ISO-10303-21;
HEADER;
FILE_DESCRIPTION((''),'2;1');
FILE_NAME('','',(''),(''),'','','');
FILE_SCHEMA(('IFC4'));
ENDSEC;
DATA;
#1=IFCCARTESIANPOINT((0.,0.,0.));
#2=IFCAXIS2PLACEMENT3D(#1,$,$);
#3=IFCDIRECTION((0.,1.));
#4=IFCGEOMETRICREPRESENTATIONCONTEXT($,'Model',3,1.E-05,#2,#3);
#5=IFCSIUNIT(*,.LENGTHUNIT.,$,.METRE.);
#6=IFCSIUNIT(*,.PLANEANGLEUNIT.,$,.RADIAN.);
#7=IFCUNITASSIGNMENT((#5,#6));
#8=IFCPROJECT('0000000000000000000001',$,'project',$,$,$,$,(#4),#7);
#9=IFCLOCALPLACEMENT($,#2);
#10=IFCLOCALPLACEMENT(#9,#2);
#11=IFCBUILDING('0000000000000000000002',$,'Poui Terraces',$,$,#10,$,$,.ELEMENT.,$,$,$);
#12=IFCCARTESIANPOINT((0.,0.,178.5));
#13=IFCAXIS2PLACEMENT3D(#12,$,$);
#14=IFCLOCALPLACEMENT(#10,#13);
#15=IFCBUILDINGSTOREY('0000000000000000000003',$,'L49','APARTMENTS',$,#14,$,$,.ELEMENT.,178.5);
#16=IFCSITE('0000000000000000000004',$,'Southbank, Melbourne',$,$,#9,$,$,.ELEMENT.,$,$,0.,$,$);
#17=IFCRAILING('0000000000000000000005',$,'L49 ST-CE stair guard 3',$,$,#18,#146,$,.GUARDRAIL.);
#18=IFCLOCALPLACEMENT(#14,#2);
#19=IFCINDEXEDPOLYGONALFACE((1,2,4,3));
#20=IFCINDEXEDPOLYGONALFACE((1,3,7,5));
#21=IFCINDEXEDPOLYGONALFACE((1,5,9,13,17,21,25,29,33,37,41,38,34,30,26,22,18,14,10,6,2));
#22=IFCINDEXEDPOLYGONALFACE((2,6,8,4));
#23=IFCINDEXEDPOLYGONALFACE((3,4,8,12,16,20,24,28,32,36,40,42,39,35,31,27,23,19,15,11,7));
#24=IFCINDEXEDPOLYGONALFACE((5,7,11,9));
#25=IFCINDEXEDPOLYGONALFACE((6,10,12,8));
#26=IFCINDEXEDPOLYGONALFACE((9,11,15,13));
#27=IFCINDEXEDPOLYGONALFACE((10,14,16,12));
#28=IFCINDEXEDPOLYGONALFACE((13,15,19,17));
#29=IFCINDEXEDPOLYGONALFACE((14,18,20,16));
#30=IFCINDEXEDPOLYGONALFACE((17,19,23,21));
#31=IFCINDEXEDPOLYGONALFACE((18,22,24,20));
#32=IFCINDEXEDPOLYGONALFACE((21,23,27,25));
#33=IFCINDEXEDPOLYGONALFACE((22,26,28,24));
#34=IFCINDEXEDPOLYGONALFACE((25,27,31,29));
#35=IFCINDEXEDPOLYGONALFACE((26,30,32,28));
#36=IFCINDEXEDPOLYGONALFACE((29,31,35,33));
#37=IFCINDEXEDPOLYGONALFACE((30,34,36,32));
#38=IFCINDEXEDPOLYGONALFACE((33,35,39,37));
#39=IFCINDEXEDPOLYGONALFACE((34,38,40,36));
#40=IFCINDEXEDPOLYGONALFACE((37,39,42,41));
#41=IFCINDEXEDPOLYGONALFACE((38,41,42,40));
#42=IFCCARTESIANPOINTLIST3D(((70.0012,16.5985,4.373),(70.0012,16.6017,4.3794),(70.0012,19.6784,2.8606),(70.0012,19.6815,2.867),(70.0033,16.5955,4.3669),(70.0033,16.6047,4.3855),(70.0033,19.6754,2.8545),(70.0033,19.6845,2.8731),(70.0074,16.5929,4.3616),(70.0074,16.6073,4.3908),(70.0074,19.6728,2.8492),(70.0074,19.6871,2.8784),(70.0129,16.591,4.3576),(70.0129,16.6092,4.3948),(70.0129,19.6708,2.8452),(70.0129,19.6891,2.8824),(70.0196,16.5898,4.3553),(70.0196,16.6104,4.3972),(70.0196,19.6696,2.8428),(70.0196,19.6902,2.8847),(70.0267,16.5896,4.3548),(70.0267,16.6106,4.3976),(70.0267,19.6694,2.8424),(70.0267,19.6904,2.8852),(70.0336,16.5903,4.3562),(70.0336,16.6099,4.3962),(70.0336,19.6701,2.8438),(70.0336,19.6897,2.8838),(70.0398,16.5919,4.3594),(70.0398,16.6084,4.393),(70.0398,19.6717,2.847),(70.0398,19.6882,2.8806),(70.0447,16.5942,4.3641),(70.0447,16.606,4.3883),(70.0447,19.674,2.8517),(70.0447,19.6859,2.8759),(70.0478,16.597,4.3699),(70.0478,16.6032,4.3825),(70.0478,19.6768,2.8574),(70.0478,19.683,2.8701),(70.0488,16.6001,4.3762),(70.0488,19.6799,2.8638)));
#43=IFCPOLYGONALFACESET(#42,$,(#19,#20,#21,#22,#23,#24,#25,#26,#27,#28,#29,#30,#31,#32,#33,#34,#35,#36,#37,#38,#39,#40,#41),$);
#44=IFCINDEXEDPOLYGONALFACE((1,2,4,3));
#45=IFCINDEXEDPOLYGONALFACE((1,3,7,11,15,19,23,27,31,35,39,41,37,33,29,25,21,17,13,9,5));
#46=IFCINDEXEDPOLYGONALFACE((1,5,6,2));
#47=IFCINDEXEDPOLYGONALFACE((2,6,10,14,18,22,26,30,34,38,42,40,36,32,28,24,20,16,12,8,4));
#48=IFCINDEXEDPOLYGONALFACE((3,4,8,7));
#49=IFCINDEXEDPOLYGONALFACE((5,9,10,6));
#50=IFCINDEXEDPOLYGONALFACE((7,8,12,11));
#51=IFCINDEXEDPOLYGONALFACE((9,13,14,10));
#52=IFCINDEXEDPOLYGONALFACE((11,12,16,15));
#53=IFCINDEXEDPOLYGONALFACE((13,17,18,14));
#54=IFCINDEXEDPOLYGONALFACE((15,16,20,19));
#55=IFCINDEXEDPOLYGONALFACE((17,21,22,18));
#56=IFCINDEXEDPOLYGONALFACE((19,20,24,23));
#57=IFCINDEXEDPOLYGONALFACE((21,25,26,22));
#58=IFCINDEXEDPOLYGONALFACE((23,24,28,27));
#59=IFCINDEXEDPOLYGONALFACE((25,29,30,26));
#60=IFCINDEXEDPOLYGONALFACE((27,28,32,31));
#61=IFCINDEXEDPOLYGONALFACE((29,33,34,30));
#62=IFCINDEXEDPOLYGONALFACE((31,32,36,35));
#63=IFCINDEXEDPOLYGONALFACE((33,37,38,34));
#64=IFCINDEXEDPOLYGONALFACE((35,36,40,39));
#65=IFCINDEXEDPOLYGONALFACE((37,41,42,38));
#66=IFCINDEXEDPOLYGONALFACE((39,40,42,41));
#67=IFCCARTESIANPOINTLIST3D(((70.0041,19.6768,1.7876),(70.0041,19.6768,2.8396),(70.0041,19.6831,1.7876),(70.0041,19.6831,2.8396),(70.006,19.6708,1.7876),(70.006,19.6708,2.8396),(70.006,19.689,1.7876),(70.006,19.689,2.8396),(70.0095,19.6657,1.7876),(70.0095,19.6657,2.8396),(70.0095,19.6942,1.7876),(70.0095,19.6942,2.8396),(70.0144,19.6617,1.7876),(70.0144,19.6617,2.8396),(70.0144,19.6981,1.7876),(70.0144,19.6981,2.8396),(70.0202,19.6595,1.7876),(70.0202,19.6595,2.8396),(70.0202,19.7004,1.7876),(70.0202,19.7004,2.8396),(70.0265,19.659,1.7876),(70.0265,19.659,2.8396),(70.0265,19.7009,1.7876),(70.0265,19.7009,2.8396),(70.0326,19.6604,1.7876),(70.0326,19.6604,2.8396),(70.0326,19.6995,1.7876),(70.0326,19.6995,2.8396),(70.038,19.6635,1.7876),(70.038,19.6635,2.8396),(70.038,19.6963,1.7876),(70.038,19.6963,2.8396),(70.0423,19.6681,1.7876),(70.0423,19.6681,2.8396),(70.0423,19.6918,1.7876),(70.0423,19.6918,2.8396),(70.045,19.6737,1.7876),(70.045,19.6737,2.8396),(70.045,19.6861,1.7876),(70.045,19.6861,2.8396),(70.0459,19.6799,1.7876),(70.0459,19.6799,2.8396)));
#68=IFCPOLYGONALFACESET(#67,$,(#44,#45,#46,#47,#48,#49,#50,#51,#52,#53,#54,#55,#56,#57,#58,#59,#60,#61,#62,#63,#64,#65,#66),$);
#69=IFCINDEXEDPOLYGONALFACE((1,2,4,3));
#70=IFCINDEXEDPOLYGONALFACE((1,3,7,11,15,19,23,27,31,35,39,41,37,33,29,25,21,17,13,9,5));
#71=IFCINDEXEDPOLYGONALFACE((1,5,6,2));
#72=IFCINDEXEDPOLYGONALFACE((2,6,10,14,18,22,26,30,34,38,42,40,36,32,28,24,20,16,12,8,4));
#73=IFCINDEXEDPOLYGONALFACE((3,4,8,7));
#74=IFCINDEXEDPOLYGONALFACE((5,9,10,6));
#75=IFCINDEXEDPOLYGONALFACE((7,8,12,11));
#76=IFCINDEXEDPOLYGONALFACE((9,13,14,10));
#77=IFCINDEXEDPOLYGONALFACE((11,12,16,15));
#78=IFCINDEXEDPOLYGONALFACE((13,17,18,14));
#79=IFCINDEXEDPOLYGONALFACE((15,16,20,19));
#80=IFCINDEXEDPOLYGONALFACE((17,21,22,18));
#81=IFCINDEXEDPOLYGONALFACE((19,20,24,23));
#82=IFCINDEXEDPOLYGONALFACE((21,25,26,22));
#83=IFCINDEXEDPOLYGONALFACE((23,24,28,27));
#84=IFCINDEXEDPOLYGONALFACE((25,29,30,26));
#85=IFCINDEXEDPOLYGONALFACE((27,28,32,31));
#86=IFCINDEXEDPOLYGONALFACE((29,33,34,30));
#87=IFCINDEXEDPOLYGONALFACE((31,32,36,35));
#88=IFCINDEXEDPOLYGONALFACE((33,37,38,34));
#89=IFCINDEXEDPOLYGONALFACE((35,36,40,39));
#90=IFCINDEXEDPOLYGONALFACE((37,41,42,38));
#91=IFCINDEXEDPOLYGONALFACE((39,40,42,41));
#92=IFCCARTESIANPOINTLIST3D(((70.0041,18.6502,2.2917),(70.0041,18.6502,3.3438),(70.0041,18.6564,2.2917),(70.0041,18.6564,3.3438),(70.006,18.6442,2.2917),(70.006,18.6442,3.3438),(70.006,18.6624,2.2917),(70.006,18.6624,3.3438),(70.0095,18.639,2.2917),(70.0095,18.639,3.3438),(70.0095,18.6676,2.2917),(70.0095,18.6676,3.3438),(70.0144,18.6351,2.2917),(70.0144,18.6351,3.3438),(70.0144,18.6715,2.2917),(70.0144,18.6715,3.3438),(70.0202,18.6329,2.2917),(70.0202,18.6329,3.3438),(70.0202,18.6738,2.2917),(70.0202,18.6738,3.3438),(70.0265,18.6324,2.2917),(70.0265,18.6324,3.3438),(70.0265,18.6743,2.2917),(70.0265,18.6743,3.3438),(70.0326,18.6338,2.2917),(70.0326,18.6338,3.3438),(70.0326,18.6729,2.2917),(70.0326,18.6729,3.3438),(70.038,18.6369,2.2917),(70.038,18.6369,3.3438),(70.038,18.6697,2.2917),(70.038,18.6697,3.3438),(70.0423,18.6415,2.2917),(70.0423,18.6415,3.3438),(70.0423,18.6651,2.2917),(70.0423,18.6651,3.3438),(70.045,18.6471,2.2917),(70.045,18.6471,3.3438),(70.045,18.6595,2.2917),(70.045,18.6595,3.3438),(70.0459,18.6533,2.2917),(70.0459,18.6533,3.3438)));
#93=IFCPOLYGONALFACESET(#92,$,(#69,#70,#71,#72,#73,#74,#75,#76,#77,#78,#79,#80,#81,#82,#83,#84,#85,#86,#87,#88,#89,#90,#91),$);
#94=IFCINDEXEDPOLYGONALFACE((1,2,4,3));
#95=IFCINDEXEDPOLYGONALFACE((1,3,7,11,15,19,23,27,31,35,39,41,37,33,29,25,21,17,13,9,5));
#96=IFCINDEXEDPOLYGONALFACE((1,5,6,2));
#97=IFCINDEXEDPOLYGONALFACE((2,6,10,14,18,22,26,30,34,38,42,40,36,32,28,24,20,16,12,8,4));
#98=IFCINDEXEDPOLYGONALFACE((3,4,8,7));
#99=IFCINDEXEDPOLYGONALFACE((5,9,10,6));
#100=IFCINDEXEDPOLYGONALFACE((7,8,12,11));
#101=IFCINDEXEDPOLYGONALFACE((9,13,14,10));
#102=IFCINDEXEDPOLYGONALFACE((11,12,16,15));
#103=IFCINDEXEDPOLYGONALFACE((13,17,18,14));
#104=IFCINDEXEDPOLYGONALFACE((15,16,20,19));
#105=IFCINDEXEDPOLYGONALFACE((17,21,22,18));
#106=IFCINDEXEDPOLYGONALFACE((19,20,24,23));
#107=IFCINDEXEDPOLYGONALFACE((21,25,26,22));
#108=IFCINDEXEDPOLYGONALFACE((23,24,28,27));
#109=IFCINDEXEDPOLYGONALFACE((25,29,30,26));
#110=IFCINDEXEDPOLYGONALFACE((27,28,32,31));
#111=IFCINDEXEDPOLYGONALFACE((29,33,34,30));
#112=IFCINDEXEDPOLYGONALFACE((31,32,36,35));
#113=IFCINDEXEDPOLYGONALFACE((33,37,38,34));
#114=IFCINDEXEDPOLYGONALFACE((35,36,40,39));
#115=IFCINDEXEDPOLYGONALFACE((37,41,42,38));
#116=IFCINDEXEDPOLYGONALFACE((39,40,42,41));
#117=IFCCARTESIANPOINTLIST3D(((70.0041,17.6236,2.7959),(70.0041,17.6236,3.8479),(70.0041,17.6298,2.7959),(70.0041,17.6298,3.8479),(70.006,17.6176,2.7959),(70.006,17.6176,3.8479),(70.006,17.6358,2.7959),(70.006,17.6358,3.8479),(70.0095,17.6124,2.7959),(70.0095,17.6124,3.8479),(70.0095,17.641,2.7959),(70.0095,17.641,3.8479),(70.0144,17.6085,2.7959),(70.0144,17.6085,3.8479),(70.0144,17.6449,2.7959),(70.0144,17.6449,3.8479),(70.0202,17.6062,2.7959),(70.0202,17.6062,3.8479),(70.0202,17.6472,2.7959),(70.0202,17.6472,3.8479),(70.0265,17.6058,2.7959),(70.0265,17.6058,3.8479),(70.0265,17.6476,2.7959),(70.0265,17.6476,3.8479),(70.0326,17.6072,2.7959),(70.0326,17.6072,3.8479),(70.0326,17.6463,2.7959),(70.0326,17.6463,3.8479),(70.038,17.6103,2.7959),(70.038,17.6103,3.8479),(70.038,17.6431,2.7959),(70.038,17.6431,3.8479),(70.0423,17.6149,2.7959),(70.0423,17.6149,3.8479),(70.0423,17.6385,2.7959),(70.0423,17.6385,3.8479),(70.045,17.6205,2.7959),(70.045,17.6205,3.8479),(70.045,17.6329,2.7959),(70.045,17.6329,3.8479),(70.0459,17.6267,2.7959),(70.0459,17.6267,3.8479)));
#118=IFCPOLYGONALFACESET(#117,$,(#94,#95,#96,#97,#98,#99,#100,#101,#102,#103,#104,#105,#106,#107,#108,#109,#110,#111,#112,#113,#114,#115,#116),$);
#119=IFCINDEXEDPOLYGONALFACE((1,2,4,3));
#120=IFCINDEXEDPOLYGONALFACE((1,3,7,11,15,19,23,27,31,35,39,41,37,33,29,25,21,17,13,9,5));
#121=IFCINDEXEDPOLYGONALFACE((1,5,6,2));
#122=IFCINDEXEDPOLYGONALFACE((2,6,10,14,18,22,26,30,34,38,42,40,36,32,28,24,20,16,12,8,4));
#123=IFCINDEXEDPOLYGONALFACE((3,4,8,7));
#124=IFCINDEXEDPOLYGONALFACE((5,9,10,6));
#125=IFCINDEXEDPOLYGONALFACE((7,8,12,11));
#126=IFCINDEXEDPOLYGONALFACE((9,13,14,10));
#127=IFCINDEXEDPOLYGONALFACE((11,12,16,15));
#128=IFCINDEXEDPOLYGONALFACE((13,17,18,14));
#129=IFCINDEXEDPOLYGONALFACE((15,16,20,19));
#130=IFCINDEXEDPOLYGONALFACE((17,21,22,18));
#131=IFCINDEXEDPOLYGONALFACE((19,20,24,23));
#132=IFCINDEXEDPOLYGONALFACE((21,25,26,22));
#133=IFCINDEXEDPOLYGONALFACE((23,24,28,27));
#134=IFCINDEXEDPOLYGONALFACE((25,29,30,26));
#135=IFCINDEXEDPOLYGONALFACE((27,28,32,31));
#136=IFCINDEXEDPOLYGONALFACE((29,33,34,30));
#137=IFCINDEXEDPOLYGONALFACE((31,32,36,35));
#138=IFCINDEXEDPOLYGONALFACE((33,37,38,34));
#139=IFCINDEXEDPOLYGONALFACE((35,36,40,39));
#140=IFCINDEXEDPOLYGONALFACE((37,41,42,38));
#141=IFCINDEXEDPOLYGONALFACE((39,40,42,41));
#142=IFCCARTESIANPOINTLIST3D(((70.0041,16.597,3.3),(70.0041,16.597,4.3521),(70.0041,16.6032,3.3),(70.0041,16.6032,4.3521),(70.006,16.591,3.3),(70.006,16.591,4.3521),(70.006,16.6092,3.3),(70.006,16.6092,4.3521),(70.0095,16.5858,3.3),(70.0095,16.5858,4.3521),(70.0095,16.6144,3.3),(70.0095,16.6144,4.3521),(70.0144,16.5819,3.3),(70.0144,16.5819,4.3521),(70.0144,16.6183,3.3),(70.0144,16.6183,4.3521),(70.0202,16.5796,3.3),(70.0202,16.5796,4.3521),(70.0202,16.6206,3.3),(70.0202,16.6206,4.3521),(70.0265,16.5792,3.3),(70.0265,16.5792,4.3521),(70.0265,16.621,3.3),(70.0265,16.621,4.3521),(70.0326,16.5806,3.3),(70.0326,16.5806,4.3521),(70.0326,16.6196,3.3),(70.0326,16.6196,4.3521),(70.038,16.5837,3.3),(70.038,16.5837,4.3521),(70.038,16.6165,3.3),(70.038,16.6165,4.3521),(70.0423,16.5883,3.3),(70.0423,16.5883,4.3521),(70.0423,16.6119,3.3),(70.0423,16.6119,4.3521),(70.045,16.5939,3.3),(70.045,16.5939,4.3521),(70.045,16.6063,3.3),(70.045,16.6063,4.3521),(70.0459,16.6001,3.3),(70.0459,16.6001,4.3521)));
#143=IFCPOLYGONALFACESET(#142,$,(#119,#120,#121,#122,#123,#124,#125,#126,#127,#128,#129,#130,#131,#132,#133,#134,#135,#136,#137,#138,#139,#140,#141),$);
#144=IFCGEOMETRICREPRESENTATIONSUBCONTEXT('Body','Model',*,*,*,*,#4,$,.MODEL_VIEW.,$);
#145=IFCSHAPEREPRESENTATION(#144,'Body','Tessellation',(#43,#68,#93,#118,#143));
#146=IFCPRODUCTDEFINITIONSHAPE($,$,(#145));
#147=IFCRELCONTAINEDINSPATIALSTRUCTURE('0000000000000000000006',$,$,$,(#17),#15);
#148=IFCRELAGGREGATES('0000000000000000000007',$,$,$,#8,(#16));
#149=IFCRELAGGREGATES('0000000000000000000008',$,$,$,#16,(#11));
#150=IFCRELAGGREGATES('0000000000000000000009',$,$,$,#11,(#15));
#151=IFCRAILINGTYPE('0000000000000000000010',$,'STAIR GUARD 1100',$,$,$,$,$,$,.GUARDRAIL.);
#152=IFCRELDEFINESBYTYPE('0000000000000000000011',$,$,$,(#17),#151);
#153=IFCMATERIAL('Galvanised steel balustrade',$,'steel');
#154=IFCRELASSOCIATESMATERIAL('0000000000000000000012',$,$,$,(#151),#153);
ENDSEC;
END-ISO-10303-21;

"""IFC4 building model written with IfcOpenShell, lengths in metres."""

from ifc_helpers import new_model, si_unit, direction, frame, origin, origin_2d, place, context, subcontext, project, spatial, circle, extrude, material, type_object, element, save


model = new_model("IFC4")

# Units and contexts
model_context = context("Model", 3, precision=1e-05, world=origin(), true_north=direction((0.0, 1.0)))
body_context = subcontext(model_context, "Body", "Model", "MODEL_VIEW")
ifc_project = project(units=[si_unit("LENGTHUNIT", "METRE"), si_unit("PLANEANGLEUNIT", "RADIAN")], contexts=[model_context])

# Site, building, storey
site_placement = place(None, origin())
site = spatial("IfcSite", under=ifc_project, at=site_placement, Name="Southbank, Melbourne", CompositionType="ELEMENT", RefElevation=0.0)
building_placement = place(site_placement, origin())
building = spatial("IfcBuilding", under=site, at=building_placement, Name="Poui Terraces", CompositionType="ELEMENT")
storey_placement = place(building_placement, frame((0.0, 0.0, 178.5)))
storey = spatial("IfcBuildingStorey", under=building, at=storey_placement, Name="L49", Description="APARTMENTS", CompositionType="ELEMENT", Elevation=178.5)

# Railing
ifc_material_1 = material(Name="Galvanised steel balustrade", Category="steel")
railing_type_1 = type_object("IfcRailingType", Name="STAIR GUARD 1100", PredefinedType="GUARDRAIL", material=ifc_material_1)
railing_1_placement = place(storey_placement, frame((70.0249, 19.6799, 1.7876)))
element("IfcRailing", 1, at=railing_1_placement, inside=storey, type_object=railing_type_1, Name="L49 ST-CE stair guard 3", PredefinedType="GUARDRAIL", context=body_context, shape_type="SweptSolid", body=[
    extrude(circle(Radius=0.0239, at=origin_2d()), frame((0.0, 0.0, 1.0762), z_axis=(0.0, -0.897606, 0.440798), x_axis=(1.0, 0.0, 0.0)), (0.0, 0.0, 1.0), 3.4312),
    extrude(circle(Radius=0.021, at=origin_2d()), origin(), (0.0, 0.0, 1.0), 1.052),
    extrude(circle(Radius=0.021, at=origin_2d()), frame((0.0, -1.0266, 0.5042)), (0.0, 0.0, 1.0), 1.052),
    extrude(circle(Radius=0.021, at=origin_2d()), frame((0.0, -2.0532, 1.0083)), (0.0, 0.0, 1.0), 1.052),
    extrude(circle(Radius=0.021, at=origin_2d()), frame((0.0, -3.0798, 1.5125)), (0.0, 0.0, 1.0), 1.052),
])

save(model, "model.ifc")
